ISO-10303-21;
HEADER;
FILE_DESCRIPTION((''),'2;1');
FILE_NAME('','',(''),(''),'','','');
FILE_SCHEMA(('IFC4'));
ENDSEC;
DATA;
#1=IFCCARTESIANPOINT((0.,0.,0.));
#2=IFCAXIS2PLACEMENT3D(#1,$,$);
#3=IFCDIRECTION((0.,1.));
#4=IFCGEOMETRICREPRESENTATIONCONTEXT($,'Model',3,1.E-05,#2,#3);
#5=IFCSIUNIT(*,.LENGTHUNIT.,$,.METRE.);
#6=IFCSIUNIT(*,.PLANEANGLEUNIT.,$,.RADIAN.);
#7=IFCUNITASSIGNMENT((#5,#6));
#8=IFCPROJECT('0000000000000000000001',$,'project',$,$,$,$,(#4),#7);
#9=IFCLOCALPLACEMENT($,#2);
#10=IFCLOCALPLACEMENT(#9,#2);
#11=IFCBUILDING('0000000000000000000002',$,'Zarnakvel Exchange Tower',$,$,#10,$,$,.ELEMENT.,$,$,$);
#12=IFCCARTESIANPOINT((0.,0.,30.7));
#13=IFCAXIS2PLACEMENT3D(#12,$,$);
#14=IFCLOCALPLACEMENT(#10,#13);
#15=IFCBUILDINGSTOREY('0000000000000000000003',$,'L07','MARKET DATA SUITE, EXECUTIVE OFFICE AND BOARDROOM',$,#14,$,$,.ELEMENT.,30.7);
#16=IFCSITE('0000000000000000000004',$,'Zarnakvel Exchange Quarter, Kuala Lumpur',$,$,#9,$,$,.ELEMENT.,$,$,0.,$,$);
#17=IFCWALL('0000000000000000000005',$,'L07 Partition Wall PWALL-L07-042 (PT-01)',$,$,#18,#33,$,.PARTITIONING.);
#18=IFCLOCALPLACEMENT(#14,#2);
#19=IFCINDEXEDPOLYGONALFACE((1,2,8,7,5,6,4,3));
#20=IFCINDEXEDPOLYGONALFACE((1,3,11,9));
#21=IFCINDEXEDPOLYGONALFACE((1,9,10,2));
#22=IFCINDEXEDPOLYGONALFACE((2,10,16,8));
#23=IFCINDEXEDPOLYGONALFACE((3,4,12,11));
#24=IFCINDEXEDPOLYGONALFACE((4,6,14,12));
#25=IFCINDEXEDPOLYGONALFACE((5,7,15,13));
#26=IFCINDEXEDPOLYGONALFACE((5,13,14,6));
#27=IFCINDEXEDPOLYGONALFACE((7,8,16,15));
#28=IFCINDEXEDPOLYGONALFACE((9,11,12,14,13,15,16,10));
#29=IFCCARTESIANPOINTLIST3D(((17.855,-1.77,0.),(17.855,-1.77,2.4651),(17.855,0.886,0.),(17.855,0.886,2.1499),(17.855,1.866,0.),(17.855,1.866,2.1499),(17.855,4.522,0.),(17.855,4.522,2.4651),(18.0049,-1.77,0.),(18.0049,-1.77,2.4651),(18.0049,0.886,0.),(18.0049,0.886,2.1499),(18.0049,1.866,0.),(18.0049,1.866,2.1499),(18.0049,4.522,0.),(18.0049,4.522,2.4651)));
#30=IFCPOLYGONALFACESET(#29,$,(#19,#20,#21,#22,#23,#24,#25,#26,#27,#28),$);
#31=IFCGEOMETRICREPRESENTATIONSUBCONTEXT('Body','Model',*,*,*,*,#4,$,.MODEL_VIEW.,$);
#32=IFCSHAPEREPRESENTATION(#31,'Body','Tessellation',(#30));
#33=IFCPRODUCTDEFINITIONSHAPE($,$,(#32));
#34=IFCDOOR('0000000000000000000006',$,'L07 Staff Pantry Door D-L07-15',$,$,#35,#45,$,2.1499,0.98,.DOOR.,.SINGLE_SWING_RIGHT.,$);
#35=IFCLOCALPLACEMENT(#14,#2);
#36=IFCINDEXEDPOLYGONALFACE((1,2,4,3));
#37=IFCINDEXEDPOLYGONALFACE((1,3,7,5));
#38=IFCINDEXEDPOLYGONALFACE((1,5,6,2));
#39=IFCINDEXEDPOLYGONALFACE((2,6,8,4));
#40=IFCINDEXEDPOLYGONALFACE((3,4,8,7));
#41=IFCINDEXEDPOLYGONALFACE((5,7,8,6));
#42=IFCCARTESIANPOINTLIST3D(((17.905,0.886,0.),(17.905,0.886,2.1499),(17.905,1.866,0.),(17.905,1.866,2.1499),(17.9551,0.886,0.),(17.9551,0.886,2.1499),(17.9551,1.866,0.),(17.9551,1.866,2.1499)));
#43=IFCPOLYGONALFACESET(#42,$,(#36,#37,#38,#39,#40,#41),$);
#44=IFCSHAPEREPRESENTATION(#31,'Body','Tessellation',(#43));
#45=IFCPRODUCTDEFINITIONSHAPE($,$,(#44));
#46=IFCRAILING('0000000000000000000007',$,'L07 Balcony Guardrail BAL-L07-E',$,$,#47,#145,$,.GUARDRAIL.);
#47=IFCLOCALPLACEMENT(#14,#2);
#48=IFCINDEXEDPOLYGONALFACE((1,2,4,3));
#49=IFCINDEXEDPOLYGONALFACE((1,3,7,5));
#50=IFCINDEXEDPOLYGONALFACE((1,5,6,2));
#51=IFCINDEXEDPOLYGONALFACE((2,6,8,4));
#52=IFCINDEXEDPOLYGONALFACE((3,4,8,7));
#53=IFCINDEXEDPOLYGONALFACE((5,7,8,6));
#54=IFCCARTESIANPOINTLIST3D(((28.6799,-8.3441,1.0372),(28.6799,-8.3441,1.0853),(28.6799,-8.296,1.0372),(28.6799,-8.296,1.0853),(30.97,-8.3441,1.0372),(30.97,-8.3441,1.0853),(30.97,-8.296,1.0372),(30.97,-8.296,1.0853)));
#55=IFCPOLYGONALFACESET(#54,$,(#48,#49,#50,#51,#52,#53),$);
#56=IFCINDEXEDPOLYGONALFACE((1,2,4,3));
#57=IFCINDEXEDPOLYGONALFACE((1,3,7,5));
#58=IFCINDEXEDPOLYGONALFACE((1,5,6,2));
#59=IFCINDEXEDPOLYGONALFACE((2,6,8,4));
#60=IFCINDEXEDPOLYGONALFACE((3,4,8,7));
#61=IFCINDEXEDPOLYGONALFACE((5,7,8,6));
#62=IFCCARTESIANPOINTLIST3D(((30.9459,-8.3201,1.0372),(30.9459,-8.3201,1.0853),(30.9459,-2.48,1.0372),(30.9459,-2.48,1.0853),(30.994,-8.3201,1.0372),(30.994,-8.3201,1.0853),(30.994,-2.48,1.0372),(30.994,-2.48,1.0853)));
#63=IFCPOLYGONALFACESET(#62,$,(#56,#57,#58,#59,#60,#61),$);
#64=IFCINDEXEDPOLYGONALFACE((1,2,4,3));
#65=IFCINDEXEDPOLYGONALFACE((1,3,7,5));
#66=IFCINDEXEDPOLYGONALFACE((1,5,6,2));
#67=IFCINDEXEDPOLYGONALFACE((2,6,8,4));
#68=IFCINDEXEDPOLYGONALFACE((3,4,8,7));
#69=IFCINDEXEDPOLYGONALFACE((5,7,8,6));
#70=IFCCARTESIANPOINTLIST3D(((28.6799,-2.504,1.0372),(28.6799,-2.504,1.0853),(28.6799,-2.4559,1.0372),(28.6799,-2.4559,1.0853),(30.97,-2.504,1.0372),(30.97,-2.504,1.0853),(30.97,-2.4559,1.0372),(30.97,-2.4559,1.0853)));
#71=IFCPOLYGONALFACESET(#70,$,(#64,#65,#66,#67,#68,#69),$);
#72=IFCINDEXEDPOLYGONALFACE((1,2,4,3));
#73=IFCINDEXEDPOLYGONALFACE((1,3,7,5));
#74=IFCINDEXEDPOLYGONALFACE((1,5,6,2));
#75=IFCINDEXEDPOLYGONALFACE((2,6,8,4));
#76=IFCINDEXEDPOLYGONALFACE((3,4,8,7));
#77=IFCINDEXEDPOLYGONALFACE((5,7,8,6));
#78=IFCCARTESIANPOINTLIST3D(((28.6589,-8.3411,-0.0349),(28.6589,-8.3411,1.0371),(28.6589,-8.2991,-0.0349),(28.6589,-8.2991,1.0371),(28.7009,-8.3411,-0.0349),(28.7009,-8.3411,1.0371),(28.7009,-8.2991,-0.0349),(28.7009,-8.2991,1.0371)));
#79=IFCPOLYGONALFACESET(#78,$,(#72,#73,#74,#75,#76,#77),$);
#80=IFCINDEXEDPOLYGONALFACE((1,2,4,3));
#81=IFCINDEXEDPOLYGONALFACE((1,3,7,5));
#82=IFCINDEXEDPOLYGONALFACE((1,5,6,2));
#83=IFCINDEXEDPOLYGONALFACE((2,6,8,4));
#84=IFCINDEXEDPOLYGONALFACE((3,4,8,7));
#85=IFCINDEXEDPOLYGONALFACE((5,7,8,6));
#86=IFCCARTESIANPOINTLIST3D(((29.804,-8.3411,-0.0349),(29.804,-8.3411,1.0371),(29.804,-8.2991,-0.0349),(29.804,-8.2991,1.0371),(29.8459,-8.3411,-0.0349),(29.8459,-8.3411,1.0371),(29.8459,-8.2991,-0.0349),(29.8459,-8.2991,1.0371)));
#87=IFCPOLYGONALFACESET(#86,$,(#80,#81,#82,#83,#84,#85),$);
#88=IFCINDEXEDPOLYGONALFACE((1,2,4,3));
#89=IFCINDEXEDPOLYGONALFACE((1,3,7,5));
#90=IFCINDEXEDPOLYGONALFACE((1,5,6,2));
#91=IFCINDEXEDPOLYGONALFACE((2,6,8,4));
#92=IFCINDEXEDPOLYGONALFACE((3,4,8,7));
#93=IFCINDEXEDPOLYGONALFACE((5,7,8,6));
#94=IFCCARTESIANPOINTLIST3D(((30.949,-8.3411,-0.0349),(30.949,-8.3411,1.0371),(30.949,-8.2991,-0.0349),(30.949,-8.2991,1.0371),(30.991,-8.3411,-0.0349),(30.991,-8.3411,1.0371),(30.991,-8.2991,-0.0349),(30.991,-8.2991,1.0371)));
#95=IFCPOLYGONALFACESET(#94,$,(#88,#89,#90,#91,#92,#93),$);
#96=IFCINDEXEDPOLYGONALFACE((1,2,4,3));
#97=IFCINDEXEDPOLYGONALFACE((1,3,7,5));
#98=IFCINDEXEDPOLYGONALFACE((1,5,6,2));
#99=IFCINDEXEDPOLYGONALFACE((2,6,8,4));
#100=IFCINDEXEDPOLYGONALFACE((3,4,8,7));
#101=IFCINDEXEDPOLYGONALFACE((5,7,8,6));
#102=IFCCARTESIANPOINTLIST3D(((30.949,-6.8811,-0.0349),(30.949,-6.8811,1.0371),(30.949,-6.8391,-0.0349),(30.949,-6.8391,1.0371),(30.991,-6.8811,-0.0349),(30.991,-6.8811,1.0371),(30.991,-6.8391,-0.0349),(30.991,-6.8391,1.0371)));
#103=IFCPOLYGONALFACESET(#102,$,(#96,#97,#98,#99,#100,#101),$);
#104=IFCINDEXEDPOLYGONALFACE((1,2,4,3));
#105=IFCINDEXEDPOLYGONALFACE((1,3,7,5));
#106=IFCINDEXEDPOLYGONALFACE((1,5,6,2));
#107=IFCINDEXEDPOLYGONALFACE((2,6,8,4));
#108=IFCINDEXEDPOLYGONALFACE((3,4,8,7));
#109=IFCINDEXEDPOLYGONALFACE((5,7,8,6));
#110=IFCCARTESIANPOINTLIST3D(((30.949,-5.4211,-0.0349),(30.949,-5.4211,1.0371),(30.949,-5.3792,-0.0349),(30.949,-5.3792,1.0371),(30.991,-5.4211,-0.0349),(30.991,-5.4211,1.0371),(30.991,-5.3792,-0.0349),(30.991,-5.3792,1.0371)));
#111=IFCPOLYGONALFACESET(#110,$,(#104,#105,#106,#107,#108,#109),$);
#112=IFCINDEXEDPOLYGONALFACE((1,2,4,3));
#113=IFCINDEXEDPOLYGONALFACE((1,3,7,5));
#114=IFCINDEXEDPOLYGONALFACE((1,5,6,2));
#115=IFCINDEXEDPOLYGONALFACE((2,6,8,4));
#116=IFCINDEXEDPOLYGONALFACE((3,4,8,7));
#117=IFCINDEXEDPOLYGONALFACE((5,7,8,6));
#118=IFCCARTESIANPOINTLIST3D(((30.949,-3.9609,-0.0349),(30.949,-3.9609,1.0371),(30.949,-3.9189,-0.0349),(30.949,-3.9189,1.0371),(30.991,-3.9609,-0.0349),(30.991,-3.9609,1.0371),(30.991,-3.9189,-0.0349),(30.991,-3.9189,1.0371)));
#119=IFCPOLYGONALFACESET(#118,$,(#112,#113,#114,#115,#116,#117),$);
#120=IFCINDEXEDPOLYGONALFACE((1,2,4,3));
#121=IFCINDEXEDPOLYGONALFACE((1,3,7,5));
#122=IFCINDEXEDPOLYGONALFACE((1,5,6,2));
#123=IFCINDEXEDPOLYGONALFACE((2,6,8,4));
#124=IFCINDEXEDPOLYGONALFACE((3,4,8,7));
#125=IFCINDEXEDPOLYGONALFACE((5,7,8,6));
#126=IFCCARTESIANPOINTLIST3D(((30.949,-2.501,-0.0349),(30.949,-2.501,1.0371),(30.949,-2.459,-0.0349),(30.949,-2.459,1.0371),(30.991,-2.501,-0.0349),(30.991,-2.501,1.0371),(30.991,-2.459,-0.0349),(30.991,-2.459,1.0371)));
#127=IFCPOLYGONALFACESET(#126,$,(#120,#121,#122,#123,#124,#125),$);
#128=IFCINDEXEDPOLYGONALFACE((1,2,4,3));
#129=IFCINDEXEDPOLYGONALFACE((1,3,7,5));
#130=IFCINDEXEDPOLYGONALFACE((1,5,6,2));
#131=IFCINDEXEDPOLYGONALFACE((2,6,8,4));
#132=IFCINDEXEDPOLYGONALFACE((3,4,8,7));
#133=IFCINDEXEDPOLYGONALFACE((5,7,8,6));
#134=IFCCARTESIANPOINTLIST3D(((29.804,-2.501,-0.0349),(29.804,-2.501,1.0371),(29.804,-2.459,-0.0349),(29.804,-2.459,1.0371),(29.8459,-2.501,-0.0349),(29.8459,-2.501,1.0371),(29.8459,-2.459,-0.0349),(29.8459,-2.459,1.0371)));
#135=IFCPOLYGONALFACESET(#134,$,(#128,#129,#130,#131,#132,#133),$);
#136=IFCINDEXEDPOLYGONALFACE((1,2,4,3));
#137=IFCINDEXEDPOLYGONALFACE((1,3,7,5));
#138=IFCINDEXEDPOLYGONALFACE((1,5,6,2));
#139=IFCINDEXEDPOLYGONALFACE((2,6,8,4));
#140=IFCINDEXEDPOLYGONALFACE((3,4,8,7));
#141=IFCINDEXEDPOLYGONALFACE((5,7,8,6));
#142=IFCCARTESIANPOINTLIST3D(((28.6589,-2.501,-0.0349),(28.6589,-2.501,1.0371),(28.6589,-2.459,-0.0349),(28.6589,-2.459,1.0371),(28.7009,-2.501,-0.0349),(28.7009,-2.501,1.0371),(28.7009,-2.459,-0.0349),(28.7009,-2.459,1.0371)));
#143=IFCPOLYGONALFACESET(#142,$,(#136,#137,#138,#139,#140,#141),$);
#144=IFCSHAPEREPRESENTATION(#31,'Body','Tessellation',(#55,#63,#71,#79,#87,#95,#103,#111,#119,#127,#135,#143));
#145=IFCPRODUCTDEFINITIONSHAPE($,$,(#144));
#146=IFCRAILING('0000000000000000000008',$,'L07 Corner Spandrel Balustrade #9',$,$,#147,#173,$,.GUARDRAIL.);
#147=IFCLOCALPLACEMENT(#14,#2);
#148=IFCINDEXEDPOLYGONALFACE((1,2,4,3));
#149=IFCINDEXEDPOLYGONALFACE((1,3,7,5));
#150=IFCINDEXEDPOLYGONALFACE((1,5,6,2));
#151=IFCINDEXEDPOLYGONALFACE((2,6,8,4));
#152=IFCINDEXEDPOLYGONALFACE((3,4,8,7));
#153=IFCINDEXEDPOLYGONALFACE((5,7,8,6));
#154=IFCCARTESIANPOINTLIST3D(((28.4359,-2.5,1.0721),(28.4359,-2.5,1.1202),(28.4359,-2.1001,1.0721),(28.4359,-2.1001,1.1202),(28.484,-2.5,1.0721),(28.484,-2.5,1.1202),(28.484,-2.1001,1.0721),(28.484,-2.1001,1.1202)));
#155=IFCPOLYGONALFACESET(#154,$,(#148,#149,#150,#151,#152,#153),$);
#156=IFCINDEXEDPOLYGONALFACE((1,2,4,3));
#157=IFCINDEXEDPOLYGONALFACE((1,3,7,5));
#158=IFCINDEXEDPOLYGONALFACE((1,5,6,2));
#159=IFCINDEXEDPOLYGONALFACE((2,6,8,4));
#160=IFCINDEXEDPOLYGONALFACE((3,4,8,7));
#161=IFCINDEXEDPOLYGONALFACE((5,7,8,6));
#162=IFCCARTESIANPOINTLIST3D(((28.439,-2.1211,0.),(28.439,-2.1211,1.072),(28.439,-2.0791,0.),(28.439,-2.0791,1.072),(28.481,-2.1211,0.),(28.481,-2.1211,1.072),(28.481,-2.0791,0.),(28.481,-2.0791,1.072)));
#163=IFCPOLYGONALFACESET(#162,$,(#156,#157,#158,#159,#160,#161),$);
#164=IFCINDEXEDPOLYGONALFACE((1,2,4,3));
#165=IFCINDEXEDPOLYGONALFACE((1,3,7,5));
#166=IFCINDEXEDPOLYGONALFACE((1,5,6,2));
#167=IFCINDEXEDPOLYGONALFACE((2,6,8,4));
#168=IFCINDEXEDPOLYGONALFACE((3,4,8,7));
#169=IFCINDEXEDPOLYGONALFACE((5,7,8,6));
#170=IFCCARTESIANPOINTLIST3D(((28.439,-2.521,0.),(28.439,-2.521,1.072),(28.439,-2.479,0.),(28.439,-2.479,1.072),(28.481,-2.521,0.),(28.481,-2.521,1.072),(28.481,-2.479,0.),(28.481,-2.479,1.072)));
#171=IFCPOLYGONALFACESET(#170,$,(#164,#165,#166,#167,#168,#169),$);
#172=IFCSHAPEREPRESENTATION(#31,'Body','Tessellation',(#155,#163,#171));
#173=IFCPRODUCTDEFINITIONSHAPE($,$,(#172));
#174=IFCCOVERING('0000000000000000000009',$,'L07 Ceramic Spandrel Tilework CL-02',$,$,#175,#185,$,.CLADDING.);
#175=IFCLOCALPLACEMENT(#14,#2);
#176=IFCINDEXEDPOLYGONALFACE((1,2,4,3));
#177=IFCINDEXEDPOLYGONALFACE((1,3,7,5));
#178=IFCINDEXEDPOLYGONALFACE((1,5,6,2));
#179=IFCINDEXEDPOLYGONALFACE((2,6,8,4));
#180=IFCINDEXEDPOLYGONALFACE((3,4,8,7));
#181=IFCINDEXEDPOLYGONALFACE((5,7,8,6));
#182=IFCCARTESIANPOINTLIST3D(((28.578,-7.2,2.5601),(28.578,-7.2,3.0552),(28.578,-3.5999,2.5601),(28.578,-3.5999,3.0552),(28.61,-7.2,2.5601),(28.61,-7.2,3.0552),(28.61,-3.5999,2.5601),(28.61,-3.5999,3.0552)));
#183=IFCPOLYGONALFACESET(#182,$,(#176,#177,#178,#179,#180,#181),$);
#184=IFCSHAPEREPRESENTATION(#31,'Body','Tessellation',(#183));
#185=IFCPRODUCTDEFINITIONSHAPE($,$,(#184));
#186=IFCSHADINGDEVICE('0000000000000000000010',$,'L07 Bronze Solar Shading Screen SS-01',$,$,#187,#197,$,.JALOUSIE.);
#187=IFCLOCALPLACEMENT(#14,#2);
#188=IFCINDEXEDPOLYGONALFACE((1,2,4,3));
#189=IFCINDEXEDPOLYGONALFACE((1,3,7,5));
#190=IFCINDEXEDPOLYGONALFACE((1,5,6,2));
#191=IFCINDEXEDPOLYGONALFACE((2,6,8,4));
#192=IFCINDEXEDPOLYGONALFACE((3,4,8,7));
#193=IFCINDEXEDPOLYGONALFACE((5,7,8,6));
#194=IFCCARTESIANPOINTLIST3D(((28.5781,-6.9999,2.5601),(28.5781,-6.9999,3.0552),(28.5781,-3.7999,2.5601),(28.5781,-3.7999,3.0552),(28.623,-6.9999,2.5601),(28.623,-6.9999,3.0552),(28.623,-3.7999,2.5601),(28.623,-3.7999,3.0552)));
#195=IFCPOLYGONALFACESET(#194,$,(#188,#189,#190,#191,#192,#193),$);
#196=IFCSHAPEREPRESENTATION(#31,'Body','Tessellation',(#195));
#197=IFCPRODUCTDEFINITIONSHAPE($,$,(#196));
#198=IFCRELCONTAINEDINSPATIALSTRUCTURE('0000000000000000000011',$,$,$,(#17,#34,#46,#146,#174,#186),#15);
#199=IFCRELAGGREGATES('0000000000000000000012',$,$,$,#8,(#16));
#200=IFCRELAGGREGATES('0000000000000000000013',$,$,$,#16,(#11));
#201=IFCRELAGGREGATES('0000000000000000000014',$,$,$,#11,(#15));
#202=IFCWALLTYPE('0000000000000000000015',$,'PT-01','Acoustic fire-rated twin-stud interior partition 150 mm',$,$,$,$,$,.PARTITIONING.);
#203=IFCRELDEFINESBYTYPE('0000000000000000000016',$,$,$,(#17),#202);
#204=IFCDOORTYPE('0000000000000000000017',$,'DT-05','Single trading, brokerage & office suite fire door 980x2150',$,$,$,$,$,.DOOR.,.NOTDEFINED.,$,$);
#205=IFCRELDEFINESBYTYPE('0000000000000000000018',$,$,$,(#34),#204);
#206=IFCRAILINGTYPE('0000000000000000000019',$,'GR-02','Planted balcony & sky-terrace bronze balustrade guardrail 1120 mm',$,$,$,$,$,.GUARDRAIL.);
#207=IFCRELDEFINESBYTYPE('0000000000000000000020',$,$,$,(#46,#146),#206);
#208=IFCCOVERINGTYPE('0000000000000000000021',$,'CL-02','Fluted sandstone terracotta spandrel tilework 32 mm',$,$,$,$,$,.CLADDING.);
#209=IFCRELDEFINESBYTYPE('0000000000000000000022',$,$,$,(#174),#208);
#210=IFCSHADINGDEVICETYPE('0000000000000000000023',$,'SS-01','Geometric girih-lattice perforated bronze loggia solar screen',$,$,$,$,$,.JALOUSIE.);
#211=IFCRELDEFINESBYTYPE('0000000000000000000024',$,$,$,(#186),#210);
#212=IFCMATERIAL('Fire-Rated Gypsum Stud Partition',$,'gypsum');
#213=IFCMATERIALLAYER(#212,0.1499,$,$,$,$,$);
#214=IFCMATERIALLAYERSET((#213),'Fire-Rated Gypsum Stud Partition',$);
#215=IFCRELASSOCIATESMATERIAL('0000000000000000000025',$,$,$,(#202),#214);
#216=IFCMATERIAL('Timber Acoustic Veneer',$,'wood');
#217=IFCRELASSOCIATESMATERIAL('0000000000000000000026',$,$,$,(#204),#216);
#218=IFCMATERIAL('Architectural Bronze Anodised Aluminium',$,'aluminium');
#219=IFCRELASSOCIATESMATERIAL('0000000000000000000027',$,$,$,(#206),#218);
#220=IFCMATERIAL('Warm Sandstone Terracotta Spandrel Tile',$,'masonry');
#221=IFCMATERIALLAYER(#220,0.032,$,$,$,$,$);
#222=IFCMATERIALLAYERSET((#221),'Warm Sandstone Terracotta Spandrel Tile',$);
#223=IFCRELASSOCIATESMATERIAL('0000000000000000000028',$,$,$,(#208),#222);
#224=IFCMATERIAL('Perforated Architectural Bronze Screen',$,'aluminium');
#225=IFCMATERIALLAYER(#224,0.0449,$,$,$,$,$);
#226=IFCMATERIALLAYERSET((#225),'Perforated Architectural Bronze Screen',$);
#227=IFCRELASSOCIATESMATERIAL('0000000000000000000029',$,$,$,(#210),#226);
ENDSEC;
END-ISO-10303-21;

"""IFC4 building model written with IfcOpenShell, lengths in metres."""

from ifc_helpers import new_model, si_unit, direction, frame, frame_2d, origin, origin_2d, place, context, subcontext, project, spatial, rectangle, extrude, source, transform, mapped, material, layer, layer_set, type_object, element, fill, save


model = new_model("IFC4")

# Units and contexts
model_context = context("Model", 3, precision=1e-05, world=origin(), true_north=direction((0.0, 1.0)))
body_context = subcontext(model_context, "Body", "Model", "MODEL_VIEW")
ifc_project = project(units=[si_unit("LENGTHUNIT", "METRE"), si_unit("PLANEANGLEUNIT", "RADIAN")], contexts=[model_context])

# Site, building, storey
site_placement = place(None, origin())
site = spatial("IfcSite", under=ifc_project, at=site_placement, Name="Zarnakvel Exchange Quarter, Kuala Lumpur", CompositionType="ELEMENT", RefElevation=0.0)
building_placement = place(site_placement, origin())
building = spatial("IfcBuilding", under=site, at=building_placement, Name="Zarnakvel Exchange Tower", CompositionType="ELEMENT")
storey_placement = place(building_placement, frame((0.0, 0.0, 30.7)))
storey = spatial("IfcBuildingStorey", under=building, at=storey_placement, Name="L07", Description="MARKET DATA SUITE, EXECUTIVE OFFICE AND BOARDROOM", CompositionType="ELEMENT", Elevation=30.7)

# Shared definitions
ifc_material_1 = material(Name="Architectural Bronze Anodised Aluminium", Category="aluminium")

# Shared definitions
ifc_material_2 = material(Name="Fire-Rated Gypsum Stud Partition", Category="gypsum")
ifc_layer_1 = layer(ifc_material_2, 0.1499)
ifc_layer_set_1 = layer_set([ifc_layer_1], Name="Fire-Rated Gypsum Stud Partition")
wall_type_1 = type_object("IfcWallType", Name="PT-01", Description="Acoustic fire-rated twin-stud interior partition 150 mm", PredefinedType="PARTITIONING", material=ifc_layer_set_1)

# Wall, opening, door
wall_1_placement = place(storey_placement, frame((17.9299, -1.77, 0.0), z_axis=(0.0, 0.0, 1.0), x_axis=(0.0, 1.0, 0.0)))
wall_1 = element("IfcWall", 1, at=wall_1_placement, inside=storey, type_object=wall_type_1, Name="L07 Partition Wall PWALL-L07-042 (PT-01)", PredefinedType="PARTITIONING", context=body_context, shape_type="SweptSolid", body=[
    extrude(rectangle(XDim=6.292, YDim=0.1499, at=frame_2d((3.146, 0.0))), origin(), (0.0, 0.0, 1.0), 2.4651),
])
opening_1_placement = place(wall_1_placement, frame((2.656, 0.0, 0.0)))
opening_1 = element("IfcOpeningElement", 2, at=opening_1_placement, cuts=wall_1, PredefinedType="OPENING", context=body_context, shape_type="SweptSolid", body=[
    extrude(rectangle(XDim=0.98, YDim=2.1499, at=frame_2d((0.49, 1.075))), frame((0.0, 0.085, 0.0), z_axis=(0.0, -1.0, 0.0), x_axis=(1.0, 0.0, 0.0)), (0.0, 0.0, 1.0), 0.1699),
])
ifc_material_3 = material(Name="Timber Acoustic Veneer", Category="wood")
door_type_1 = type_object("IfcDoorType", Name="DT-05", Description="Single trading, brokerage & office suite fire door 980x2150", OperationType="NOTDEFINED", PredefinedType="DOOR", material=ifc_material_3)
shared_shape_1 = source(origin(), body_context, "Body", "SweptSolid", [
    extrude(rectangle(XDim=0.98, YDim=2.1499, at=frame_2d((0.49, 1.075))), frame((0.0, 0.0249, 0.0), z_axis=(0.0, -1.0, 0.0), x_axis=(1.0, 0.0, 0.0)), (0.0, 0.0, 1.0), 0.05),
])
door_1_placement = place(opening_1_placement, origin())
door_1 = element("IfcDoor", 3, at=door_1_placement, inside=storey, type_object=door_type_1, Name="L07 Staff Pantry Door D-L07-15", OperationType="SINGLE_SWING_RIGHT", OverallHeight=2.1499, OverallWidth=0.98, PredefinedType="DOOR", context=body_context, shape_type="MappedRepresentation", body=[
    mapped(shared_shape_1, transform((0.0, 0.0, 0.0), x_axis=(1.0, 0.0, 0.0), y_axis=(0.0, 1.0, 0.0), z_axis=(0.0, 0.0, 1.0), scale=1.0)),
])
fill(opening_1, door_1)

# Railings
railing_type = type_object("IfcRailingType", Name="GR-02", Description="Planted balcony & sky-terrace bronze balustrade guardrail 1120 mm", PredefinedType="GUARDRAIL", material=ifc_material_1)
railing_1_placement = place(storey_placement, frame((28.6799, -8.3201, -0.0349)))
element("IfcRailing", 4, at=railing_1_placement, inside=storey, type_object=railing_type, Name="L07 Balcony Guardrail BAL-L07-E", PredefinedType="GUARDRAIL", context=body_context, shape_type="SweptSolid", body=[
    extrude(rectangle(XDim=0.0481, YDim=0.0481, at=origin_2d()), frame((0.0, 0.0, 1.0962), z_axis=(1.0, 0.0, 0.0), x_axis=(0.0, 1.0, 0.0)), (0.0, 0.0, 1.0), 2.29),
    extrude(rectangle(XDim=0.0481, YDim=0.0481, at=origin_2d()), frame((2.29, 0.0, 1.0962), z_axis=(0.0, 1.0, 0.0), x_axis=(-1.0, 0.0, 0.0)), (0.0, 0.0, 1.0), 5.8401),
    extrude(rectangle(XDim=0.0481, YDim=0.0481, at=origin_2d()), frame((2.29, 5.8401, 1.0962), z_axis=(-1.0, 0.0, 0.0), x_axis=(0.0, -1.0, 0.0)), (0.0, 0.0, 1.0), 2.29),
    extrude(rectangle(XDim=0.042, YDim=0.042, at=origin_2d()), origin(), (0.0, 0.0, 1.0), 1.072),
    extrude(rectangle(XDim=0.042, YDim=0.042, at=origin_2d()), frame((1.145, 0.0, 0.0)), (0.0, 0.0, 1.0), 1.072),
    extrude(rectangle(XDim=0.042, YDim=0.042, at=origin_2d()), frame((2.29, 0.0, 0.0)), (0.0, 0.0, 1.0), 1.072),
    extrude(rectangle(XDim=0.042, YDim=0.042, at=origin_2d()), frame((2.29, 1.46, 0.0)), (0.0, 0.0, 1.0), 1.072),
    extrude(rectangle(XDim=0.042, YDim=0.042, at=origin_2d()), frame((2.29, 2.9199, 0.0)), (0.0, 0.0, 1.0), 1.072),
    extrude(rectangle(XDim=0.042, YDim=0.042, at=origin_2d()), frame((2.29, 4.3801, 0.0)), (0.0, 0.0, 1.0), 1.072),
    extrude(rectangle(XDim=0.042, YDim=0.042, at=origin_2d()), frame((2.29, 5.8401, 0.0)), (0.0, 0.0, 1.0), 1.072),
    extrude(rectangle(XDim=0.042, YDim=0.042, at=origin_2d()), frame((1.145, 5.8401, 0.0)), (0.0, 0.0, 1.0), 1.072),
    extrude(rectangle(XDim=0.042, YDim=0.042, at=origin_2d()), frame((0.0, 5.8401, 0.0)), (0.0, 0.0, 1.0), 1.072),
])
railing_2_placement = place(storey_placement, frame((28.46, -2.1001, 0.0)))
element("IfcRailing", 5, at=railing_2_placement, inside=storey, type_object=railing_type, Name="L07 Corner Spandrel Balustrade #9", PredefinedType="GUARDRAIL", context=body_context, shape_type="SweptSolid", body=[
    extrude(rectangle(XDim=0.0481, YDim=0.0481, at=origin_2d()), frame((0.0, 0.0, 1.0962), z_axis=(0.0, -1.0, 0.0), x_axis=(1.0, 0.0, 0.0)), (0.0, 0.0, 1.0), 0.3999),
    extrude(rectangle(XDim=0.042, YDim=0.042, at=origin_2d()), origin(), (0.0, 0.0, 1.0), 1.072),
    extrude(rectangle(XDim=0.042, YDim=0.042, at=origin_2d()), frame((0.0, -0.3999, 0.0)), (0.0, 0.0, 1.0), 1.072),
])

# Covering
ifc_material_4 = material(Name="Warm Sandstone Terracotta Spandrel Tile", Category="masonry")
ifc_layer_2 = layer(ifc_material_4, 0.032)
ifc_layer_set_2 = layer_set([ifc_layer_2], Name="Warm Sandstone Terracotta Spandrel Tile")
covering_type = type_object("IfcCoveringType", Name="CL-02", Description="Fluted sandstone terracotta spandrel tilework 32 mm", PredefinedType="CLADDING", material=ifc_layer_set_2)
shared_shape_2 = source(origin(), body_context, "Body", "SweptSolid", [
    extrude(rectangle(XDim=3.6001, YDim=0.032, at=origin_2d()), origin(), (0.0, 0.0, 1.0), 0.4951),
])
covering_placement = place(storey_placement, frame((28.594, -5.3999, 2.5601), z_axis=(0.0, 0.0, 1.0), x_axis=(0.0, -1.0, 0.0)))
element("IfcCovering", 6, at=covering_placement, inside=storey, type_object=covering_type, Name="L07 Ceramic Spandrel Tilework CL-02", PredefinedType="CLADDING", context=body_context, shape_type="MappedRepresentation", body=[
    mapped(shared_shape_2, transform((0.0, 0.0, 0.0), x_axis=(1.0, 0.0, 0.0), y_axis=(0.0, 1.0, 0.0), z_axis=(0.0, 0.0, 1.0), scale=1.0)),
])

# Shading device
ifc_material_5 = material(Name="Perforated Architectural Bronze Screen", Category="aluminium")
ifc_layer_3 = layer(ifc_material_5, 0.0449)
ifc_layer_set_3 = layer_set([ifc_layer_3], Name="Perforated Architectural Bronze Screen")
shading_device_type = type_object("IfcShadingDeviceType", Name="SS-01", Description="Geometric girih-lattice perforated bronze loggia solar screen", PredefinedType="JALOUSIE", material=ifc_layer_set_3)
shared_shape_3 = source(origin(), body_context, "Body", "SweptSolid", [
    extrude(rectangle(XDim=3.2, YDim=0.0449, at=origin_2d()), origin(), (0.0, 0.0, 1.0), 0.4951),
])
shading_device_placement = place(storey_placement, frame((28.6006, -5.3999, 2.5601), z_axis=(0.0, 0.0, 1.0), x_axis=(0.0, -1.0, 0.0)))
element("IfcShadingDevice", 7, at=shading_device_placement, inside=storey, type_object=shading_device_type, Name="L07 Bronze Solar Shading Screen SS-01", PredefinedType="JALOUSIE", context=body_context, shape_type="MappedRepresentation", body=[
    mapped(shared_shape_3, transform((0.0, 0.0, 0.0), x_axis=(1.0, 0.0, 0.0), y_axis=(0.0, 1.0, 0.0), z_axis=(0.0, 0.0, 1.0), scale=1.0)),
])

save(model, "model.ifc")
